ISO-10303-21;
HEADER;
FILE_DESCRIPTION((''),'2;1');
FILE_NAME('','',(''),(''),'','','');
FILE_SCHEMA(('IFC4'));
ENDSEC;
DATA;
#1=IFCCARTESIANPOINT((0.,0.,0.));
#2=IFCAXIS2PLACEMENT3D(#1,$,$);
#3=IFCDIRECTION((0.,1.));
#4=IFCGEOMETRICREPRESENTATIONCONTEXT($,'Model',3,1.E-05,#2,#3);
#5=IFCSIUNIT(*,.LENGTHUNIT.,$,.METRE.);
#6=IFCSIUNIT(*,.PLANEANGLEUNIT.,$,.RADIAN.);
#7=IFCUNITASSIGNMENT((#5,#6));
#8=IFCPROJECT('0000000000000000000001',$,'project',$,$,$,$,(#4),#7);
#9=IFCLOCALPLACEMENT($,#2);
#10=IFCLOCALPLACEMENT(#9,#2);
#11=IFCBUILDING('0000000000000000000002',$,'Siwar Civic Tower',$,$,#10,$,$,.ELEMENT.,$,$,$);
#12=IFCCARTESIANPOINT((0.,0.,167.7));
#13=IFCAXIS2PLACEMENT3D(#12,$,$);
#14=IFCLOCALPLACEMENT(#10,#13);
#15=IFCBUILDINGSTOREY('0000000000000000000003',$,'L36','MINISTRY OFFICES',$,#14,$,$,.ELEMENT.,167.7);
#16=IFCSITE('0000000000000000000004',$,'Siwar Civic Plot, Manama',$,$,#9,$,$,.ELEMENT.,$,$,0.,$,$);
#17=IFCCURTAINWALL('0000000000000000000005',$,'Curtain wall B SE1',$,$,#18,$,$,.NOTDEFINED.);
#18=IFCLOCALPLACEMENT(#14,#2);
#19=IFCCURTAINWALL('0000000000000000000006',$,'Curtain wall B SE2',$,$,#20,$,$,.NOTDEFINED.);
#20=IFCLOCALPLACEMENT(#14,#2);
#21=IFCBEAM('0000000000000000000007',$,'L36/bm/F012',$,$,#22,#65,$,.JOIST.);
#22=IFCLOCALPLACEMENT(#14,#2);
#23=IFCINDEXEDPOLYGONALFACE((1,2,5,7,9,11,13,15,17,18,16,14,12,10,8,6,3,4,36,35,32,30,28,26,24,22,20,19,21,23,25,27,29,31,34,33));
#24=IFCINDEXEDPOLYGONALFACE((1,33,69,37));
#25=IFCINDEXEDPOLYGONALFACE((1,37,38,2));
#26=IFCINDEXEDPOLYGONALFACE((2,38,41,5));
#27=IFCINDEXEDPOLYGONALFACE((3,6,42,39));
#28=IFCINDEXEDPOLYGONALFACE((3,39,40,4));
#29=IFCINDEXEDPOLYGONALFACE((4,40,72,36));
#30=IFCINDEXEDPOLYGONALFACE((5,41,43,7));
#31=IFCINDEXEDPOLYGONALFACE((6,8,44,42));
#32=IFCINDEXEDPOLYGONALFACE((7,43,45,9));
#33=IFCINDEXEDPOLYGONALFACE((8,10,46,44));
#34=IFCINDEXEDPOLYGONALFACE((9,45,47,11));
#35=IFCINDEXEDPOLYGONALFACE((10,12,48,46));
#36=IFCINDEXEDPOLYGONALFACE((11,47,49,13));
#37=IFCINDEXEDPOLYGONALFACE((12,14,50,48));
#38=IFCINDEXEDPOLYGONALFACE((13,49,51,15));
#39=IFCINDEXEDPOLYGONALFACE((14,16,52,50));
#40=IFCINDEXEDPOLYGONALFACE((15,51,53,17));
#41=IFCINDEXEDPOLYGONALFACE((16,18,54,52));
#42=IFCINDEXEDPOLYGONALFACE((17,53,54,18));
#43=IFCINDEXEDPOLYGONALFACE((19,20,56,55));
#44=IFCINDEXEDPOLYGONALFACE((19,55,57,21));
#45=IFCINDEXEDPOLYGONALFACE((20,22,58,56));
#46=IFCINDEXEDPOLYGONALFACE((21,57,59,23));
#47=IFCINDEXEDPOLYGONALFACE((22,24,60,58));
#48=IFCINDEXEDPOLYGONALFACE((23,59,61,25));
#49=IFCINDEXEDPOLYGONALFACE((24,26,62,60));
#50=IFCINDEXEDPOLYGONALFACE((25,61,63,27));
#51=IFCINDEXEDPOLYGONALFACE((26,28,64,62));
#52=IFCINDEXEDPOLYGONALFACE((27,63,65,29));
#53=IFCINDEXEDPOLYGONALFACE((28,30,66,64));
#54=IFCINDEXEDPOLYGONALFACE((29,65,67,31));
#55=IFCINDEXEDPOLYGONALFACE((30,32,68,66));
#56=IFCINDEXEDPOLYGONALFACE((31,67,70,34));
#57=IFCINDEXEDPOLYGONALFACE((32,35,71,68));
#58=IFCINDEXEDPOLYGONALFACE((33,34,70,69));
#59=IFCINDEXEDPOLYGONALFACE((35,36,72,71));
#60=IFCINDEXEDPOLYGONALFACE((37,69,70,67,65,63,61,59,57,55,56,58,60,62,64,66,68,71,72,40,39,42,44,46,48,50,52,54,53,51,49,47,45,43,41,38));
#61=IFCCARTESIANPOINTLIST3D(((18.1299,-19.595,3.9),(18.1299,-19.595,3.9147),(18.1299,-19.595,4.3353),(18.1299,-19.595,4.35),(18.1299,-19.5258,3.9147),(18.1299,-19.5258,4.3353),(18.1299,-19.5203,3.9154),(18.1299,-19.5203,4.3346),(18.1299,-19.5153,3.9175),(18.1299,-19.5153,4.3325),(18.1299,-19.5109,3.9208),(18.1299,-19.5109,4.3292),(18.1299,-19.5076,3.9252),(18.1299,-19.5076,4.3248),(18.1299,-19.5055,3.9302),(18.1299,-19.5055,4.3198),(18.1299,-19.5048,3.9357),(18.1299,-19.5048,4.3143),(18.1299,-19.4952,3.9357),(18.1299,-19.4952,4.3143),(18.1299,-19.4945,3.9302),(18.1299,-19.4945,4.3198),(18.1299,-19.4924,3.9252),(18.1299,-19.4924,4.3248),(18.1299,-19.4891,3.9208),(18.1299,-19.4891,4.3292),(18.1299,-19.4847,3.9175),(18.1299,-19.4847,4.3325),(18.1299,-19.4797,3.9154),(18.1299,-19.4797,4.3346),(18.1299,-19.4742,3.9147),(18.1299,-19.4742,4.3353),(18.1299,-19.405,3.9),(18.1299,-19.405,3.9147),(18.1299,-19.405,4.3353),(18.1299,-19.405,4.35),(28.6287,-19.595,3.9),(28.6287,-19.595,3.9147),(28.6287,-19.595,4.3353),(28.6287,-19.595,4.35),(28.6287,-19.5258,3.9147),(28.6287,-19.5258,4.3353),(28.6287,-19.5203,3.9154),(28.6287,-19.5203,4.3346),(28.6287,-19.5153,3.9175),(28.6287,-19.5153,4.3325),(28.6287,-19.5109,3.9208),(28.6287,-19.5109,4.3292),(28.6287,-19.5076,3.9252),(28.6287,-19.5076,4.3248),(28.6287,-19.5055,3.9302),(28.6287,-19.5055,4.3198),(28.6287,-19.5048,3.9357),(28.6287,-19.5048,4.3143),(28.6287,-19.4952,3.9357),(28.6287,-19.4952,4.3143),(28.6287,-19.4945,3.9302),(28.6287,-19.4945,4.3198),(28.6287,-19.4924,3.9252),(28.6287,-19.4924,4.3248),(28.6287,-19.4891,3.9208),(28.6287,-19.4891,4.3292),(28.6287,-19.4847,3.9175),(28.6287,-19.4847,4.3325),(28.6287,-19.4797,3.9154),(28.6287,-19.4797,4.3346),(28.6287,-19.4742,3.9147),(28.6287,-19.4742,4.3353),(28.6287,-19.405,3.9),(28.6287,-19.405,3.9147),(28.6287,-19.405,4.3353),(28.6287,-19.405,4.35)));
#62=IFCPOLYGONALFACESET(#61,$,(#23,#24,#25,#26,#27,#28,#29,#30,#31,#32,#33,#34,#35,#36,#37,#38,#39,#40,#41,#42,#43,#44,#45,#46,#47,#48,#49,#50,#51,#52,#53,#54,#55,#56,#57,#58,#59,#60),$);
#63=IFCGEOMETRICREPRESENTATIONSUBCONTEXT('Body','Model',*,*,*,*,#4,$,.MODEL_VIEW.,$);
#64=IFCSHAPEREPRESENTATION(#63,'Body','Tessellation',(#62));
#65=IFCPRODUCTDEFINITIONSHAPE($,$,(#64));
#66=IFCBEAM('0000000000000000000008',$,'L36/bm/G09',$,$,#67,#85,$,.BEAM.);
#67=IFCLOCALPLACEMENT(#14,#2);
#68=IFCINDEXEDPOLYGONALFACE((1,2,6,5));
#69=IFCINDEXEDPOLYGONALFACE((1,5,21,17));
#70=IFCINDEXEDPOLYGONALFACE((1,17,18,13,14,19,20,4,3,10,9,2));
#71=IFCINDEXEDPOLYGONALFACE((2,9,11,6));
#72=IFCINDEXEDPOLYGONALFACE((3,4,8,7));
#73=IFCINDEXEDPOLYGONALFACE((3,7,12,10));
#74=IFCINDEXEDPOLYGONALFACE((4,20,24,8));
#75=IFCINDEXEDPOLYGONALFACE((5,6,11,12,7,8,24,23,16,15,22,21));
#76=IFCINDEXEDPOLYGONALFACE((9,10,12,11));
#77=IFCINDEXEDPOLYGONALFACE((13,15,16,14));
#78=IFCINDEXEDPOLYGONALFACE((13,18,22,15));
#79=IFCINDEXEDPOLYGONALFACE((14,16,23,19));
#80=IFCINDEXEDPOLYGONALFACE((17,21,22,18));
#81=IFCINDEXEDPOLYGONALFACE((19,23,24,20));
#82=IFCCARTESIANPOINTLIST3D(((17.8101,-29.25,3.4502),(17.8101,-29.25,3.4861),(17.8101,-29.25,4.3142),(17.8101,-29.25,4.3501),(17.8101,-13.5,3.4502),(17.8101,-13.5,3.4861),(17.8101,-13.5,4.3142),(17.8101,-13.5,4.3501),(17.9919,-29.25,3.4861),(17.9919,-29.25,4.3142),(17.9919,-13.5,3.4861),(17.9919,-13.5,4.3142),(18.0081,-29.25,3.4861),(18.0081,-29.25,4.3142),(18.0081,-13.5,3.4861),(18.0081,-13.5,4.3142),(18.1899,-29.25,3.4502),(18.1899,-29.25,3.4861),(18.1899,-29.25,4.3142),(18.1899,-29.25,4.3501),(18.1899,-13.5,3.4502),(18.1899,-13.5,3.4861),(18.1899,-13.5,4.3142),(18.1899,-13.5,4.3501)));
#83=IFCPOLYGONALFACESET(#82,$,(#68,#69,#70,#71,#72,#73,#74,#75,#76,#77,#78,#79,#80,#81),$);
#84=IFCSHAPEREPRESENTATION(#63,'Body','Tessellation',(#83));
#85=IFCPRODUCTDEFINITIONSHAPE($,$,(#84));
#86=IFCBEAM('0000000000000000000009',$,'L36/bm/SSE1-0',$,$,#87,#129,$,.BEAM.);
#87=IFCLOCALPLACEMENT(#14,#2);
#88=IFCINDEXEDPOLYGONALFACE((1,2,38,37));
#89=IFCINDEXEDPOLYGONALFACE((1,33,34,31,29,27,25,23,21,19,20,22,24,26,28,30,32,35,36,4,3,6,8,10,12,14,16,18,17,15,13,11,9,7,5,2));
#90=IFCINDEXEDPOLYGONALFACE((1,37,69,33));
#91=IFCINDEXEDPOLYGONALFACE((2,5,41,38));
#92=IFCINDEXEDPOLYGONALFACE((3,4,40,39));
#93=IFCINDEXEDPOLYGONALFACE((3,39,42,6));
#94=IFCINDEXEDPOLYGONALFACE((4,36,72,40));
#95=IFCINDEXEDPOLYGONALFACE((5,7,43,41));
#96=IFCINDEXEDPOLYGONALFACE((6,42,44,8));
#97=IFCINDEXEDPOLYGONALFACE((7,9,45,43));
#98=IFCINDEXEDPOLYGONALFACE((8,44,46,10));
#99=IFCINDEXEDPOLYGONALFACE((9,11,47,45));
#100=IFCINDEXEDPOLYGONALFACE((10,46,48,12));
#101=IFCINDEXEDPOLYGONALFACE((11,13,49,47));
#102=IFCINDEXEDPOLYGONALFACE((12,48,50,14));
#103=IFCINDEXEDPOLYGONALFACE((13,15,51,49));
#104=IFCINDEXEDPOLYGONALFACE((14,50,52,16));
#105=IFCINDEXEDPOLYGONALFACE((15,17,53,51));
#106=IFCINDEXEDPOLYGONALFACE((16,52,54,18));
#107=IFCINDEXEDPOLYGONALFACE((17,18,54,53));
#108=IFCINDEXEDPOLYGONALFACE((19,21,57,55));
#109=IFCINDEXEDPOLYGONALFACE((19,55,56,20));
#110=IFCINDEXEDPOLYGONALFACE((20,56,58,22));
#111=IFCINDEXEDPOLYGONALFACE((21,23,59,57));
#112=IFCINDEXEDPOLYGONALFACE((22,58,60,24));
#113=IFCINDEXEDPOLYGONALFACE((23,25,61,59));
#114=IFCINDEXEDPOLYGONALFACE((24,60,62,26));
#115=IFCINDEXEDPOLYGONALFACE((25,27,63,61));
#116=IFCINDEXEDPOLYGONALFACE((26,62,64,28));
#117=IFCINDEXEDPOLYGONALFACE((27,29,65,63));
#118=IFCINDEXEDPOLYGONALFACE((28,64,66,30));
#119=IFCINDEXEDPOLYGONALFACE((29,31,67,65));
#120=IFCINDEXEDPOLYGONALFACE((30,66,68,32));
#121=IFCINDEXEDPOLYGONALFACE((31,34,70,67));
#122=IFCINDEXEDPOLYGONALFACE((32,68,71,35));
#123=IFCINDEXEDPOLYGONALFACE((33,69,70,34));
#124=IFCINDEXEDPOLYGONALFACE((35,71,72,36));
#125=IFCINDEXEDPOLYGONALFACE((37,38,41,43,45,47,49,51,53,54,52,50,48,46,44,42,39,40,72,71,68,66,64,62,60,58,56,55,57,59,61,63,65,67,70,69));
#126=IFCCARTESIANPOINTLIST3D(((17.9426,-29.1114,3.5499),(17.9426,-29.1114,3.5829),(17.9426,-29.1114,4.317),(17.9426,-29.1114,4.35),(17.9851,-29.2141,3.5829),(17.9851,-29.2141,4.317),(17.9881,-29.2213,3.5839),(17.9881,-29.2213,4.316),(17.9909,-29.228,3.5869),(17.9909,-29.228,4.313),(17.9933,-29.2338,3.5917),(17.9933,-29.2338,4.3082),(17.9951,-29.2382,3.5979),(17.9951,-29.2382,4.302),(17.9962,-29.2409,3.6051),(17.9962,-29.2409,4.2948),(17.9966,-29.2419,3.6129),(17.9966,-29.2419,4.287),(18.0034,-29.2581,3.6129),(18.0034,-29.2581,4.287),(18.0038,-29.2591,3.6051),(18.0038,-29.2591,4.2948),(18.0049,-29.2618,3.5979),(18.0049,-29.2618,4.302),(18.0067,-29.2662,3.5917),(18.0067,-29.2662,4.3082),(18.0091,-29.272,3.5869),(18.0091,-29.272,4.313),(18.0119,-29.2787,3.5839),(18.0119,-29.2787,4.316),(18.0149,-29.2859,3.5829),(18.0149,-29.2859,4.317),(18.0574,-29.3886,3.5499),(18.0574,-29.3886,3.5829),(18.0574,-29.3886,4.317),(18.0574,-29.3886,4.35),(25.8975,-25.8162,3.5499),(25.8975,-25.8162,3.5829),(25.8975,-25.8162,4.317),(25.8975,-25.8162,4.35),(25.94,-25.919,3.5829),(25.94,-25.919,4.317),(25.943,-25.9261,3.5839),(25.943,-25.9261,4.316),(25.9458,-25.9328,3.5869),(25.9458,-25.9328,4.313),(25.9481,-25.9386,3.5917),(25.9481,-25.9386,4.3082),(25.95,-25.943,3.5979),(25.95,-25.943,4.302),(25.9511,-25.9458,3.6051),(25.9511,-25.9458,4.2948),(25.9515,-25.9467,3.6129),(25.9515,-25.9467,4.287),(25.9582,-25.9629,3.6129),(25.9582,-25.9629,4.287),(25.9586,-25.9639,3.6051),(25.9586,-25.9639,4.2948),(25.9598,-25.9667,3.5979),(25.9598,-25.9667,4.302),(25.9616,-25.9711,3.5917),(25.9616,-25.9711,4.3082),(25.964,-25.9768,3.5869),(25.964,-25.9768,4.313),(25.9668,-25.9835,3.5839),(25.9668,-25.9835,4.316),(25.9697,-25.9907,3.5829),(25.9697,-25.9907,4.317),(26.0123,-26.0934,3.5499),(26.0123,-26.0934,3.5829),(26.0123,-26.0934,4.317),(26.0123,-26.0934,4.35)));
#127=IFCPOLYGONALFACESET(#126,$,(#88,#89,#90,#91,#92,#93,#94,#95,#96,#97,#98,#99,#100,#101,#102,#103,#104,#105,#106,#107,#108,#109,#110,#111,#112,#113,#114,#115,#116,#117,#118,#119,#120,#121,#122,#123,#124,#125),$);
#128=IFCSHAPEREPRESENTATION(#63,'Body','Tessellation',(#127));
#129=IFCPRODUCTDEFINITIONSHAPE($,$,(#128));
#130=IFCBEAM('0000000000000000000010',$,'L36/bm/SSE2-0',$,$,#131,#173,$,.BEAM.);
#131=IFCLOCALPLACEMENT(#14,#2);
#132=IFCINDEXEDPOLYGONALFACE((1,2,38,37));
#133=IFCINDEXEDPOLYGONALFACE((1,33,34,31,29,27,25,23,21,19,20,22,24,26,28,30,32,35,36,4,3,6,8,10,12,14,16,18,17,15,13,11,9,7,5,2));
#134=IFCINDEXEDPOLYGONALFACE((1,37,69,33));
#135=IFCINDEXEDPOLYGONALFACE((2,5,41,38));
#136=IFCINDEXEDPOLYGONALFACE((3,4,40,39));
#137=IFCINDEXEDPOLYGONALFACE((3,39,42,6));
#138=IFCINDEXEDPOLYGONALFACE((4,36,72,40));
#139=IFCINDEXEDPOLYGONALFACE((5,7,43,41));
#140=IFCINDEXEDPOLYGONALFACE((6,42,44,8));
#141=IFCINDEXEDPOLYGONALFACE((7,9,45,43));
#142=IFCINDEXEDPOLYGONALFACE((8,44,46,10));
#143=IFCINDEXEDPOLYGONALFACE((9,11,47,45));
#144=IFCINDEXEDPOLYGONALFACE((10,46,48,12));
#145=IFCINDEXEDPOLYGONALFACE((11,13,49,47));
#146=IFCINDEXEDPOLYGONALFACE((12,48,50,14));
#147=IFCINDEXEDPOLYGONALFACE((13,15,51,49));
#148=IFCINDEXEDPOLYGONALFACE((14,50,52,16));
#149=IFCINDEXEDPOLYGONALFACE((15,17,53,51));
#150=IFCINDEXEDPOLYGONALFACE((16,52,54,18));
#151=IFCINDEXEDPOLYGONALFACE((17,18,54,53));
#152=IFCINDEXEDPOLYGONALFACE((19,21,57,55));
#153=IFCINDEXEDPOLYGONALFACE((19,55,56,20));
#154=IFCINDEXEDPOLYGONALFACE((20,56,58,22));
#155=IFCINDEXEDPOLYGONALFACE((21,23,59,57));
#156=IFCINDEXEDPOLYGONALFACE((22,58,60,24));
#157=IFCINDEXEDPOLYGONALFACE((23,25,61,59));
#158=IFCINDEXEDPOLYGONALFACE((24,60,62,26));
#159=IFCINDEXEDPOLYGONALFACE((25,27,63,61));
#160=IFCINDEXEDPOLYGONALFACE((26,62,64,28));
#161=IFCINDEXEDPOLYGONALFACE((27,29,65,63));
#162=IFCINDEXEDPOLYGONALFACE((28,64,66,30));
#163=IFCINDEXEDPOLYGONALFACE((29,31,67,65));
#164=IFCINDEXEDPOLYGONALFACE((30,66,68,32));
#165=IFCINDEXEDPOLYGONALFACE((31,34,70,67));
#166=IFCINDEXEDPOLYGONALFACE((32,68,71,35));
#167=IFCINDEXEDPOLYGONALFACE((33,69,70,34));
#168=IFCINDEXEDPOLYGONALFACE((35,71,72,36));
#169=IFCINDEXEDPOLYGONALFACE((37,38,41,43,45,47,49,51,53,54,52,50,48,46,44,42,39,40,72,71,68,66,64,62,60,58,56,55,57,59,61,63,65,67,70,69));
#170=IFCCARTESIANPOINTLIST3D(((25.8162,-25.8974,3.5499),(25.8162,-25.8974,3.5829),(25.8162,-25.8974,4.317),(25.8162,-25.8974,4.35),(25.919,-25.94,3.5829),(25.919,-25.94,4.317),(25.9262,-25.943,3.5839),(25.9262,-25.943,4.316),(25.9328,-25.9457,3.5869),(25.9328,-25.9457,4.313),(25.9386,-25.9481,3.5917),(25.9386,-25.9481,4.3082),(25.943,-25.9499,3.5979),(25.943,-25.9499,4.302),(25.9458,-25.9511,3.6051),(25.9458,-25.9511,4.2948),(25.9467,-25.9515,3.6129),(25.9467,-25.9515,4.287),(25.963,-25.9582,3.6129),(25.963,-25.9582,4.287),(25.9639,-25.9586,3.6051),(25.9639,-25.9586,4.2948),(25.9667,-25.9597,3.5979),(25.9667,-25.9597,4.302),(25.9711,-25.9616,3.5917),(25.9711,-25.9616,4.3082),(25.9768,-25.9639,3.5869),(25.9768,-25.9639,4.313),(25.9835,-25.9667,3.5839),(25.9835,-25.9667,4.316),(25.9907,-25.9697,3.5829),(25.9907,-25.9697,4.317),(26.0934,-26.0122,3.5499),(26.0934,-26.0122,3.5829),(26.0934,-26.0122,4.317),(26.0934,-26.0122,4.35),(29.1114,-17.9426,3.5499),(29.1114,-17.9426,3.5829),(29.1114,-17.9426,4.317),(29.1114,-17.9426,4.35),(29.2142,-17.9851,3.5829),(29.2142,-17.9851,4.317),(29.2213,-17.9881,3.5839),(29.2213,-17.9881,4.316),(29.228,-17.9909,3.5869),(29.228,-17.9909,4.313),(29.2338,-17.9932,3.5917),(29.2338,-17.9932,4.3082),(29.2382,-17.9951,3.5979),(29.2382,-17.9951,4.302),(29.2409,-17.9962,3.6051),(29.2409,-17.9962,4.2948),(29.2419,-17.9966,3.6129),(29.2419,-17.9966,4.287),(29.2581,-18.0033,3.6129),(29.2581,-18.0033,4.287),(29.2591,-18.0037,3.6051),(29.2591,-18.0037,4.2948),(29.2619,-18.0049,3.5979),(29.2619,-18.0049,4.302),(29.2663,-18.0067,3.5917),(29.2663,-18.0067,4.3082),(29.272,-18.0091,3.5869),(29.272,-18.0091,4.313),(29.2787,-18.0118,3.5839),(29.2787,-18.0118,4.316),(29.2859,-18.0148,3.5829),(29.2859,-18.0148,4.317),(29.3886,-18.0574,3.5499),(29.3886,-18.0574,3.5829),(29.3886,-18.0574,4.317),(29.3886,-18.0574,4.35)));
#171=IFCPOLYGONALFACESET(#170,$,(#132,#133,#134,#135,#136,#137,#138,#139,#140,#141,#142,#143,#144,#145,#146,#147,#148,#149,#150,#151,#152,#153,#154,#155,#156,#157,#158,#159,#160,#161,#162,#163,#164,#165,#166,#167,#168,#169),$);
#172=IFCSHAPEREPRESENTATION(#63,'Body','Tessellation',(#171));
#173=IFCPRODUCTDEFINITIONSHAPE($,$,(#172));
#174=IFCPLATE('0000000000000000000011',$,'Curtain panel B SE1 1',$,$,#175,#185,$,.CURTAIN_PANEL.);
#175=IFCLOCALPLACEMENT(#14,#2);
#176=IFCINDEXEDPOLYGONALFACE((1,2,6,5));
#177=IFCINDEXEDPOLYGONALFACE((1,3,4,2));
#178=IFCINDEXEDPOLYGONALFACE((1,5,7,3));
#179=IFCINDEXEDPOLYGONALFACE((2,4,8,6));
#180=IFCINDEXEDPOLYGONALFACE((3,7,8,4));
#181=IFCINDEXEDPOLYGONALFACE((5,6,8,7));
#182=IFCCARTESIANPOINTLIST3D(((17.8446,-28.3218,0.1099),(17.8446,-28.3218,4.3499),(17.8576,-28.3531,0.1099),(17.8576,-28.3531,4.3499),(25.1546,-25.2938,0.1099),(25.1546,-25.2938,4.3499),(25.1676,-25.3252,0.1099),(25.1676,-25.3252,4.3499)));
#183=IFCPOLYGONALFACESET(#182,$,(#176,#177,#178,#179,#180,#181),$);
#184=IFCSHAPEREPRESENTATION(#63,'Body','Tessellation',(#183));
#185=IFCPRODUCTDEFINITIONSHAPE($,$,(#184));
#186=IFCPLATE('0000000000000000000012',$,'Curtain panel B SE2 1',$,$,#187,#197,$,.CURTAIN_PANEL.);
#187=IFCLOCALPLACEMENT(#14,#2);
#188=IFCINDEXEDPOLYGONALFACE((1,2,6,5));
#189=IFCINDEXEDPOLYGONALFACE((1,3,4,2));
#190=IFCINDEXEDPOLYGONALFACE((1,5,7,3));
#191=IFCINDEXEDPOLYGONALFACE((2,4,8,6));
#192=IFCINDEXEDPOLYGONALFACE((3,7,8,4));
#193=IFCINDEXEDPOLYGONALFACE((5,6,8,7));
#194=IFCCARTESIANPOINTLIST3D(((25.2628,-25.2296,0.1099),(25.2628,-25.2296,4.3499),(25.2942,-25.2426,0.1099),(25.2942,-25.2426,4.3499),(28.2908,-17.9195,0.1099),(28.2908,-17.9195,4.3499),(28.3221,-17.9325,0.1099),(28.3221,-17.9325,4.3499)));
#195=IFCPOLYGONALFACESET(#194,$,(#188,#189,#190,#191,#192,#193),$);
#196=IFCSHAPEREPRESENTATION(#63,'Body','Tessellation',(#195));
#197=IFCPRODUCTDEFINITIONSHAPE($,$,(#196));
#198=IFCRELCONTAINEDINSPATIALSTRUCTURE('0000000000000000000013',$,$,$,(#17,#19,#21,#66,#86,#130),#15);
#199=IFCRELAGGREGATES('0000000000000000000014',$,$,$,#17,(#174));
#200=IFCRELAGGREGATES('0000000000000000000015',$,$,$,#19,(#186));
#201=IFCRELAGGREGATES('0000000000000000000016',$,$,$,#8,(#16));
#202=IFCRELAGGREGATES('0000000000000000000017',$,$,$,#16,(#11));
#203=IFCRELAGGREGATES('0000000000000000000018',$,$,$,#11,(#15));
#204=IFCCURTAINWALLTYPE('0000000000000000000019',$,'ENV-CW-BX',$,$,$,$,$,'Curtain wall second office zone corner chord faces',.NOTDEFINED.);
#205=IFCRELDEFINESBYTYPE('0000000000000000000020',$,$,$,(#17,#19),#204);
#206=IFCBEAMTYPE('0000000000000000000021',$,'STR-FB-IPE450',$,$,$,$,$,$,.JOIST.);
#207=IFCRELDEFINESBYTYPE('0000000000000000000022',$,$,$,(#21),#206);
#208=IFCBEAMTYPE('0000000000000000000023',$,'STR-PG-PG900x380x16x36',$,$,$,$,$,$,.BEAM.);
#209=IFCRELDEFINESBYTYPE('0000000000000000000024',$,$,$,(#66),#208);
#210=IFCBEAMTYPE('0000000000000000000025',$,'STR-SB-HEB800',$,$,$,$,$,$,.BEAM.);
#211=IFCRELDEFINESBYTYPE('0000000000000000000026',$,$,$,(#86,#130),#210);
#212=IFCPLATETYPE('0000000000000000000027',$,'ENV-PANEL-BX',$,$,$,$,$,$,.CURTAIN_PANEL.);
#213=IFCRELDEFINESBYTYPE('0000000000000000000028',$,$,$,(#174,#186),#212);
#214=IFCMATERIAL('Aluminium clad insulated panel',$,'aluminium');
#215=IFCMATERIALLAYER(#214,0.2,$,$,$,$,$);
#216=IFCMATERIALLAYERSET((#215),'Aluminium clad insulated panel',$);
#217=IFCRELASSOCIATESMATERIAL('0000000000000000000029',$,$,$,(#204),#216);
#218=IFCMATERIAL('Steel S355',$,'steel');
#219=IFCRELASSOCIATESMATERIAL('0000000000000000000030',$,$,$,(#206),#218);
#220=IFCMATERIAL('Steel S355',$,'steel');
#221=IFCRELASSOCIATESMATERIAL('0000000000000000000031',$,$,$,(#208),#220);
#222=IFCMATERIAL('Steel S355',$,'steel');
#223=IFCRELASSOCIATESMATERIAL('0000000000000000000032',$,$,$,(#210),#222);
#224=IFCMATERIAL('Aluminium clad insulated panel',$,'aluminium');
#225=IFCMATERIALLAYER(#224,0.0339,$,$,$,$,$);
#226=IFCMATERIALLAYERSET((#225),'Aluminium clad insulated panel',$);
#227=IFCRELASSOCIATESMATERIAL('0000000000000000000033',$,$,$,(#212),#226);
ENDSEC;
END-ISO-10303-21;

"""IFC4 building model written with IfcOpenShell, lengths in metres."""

from ifc_helpers import new_model, si_unit, direction, frame, origin, origin_2d, place, context, subcontext, project, spatial, rectangle, i_section, extrude, material, layer, layer_set, material_profile, profile_set, type_object, element, aggregate, save


model = new_model("IFC4")

# Units and contexts
model_context = context("Model", 3, precision=1e-05, world=origin(), true_north=direction((0.0, 1.0)))
body_context = subcontext(model_context, "Body", "Model", "MODEL_VIEW")
ifc_project = project(units=[si_unit("LENGTHUNIT", "METRE"), si_unit("PLANEANGLEUNIT", "RADIAN")], contexts=[model_context])

# Site, building, storey
site_placement = place(None, origin())
site = spatial("IfcSite", under=ifc_project, at=site_placement, Name="Siwar Civic Plot, Manama", CompositionType="ELEMENT", RefElevation=0.0)
building_placement = place(site_placement, origin())
building = spatial("IfcBuilding", under=site, at=building_placement, Name="Siwar Civic Tower", CompositionType="ELEMENT")
storey_placement = place(building_placement, frame((0.0, 0.0, 167.7)))
storey = spatial("IfcBuildingStorey", under=building, at=storey_placement, Name="L36", Description="MINISTRY OFFICES", CompositionType="ELEMENT", Elevation=167.7)

# Curtain walls
ifc_material_1 = material(Name="Aluminium clad insulated panel", Category="aluminium")
ifc_layer_1 = layer(ifc_material_1, 0.2)
ifc_layer_set_1 = layer_set([ifc_layer_1], Name="Aluminium clad insulated panel")
curtain_wall_type = type_object("IfcCurtainWallType", Name="ENV-CW-BX", ElementType="Curtain wall second office zone corner chord faces", PredefinedType="NOTDEFINED", material=ifc_layer_set_1)
curtain_wall_1_placement = place(storey_placement, origin())
curtain_wall_1 = element("IfcCurtainWall", 1, at=curtain_wall_1_placement, inside=storey, type_object=curtain_wall_type, Name="Curtain wall B SE1", PredefinedType="NOTDEFINED")
curtain_wall_2_placement = place(storey_placement, origin())
curtain_wall_2 = element("IfcCurtainWall", 2, at=curtain_wall_2_placement, inside=storey, type_object=curtain_wall_type, Name="Curtain wall B SE2", PredefinedType="NOTDEFINED")

# Beams
ifc_material_2 = material(Name="Steel S355", Category="steel")
ifc_material_profile_1 = material_profile(ifc_material_2, i_section(OverallWidth=0.1899, OverallDepth=0.45, WebThickness=0.0095, FlangeThickness=0.0146, FilletRadius=0.021, at=origin_2d()), Name="IPE450")
ifc_profile_set_1 = profile_set([ifc_material_profile_1], Name="Steel S355")
beam_type_1 = type_object("IfcBeamType", Name="STR-FB-IPE450", PredefinedType="JOIST", material=ifc_profile_set_1)
beam_1_placement = place(storey_placement, frame((18.1299, -19.5, 4.125), z_axis=(1.0, 0.0, 0.0), x_axis=(0.0, 1.0, 0.0)))
element("IfcBeam", 3, at=beam_1_placement, inside=storey, type_object=beam_type_1, Name="L36/bm/F012", PredefinedType="JOIST", context=body_context, shape_type="SweptSolid", body=[
    extrude(i_section(OverallWidth=0.1899, OverallDepth=0.45, WebThickness=0.0095, FlangeThickness=0.0146, FilletRadius=0.021, at=origin_2d()), origin(), (0.0, 0.0, 1.0), 10.4988),
])
ifc_material_3 = material(Name="Steel S355", Category="steel")
ifc_material_profile_2 = material_profile(ifc_material_3, i_section(OverallWidth=0.3799, OverallDepth=0.8999, WebThickness=0.0161, FlangeThickness=0.0359, at=origin_2d()), Name="PG900x380x16x36")
ifc_profile_set_2 = profile_set([ifc_material_profile_2], Name="Steel S355")
beam_type_2 = type_object("IfcBeamType", Name="STR-PG-PG900x380x16x36", PredefinedType="BEAM", material=ifc_profile_set_2)
beam_2_placement = place(storey_placement, frame((18.0, -29.25, 3.9001), z_axis=(0.0, 1.0, 0.0), x_axis=(-1.0, 0.0, 0.0)))
element("IfcBeam", 4, at=beam_2_placement, inside=storey, type_object=beam_type_2, Name="L36/bm/G09", PredefinedType="BEAM", context=body_context, shape_type="SweptSolid", body=[
    extrude(i_section(OverallWidth=0.3799, OverallDepth=0.8999, WebThickness=0.0161, FlangeThickness=0.0359, at=origin_2d()), origin(), (0.0, 0.0, 1.0), 15.75),
])
ifc_material_4 = material(Name="Steel S355", Category="steel")
ifc_material_profile_3 = material_profile(ifc_material_4, i_section(OverallWidth=0.3, OverallDepth=0.8, WebThickness=0.0176, FlangeThickness=0.033, FilletRadius=0.03, at=origin_2d()), Name="HEB800")
ifc_profile_set_3 = profile_set([ifc_material_profile_3], Name="Steel S355")
beam_type_3 = type_object("IfcBeamType", Name="STR-SB-HEB800", PredefinedType="BEAM", material=ifc_profile_set_3)
for number, where, z_axis, x_axis, name in (
    (5, (18.0, -29.25, 3.95), (0.923873, 0.3827, 0.0), (-0.3827, 0.923873, 0.0), "L36/bm/SSE1-0"),
    (6, (25.9548, -25.9548, 3.95), (0.3827, 0.923873, 0.0), (-0.923873, 0.3827, 0.0), "L36/bm/SSE2-0"),
):
    element("IfcBeam", number, at=place(storey_placement, frame(where, z_axis=z_axis, x_axis=x_axis)), inside=storey, type_object=beam_type_3, Name=name, PredefinedType="BEAM", context=body_context, shape_type="SweptSolid", body=[
        extrude(i_section(OverallWidth=0.3, OverallDepth=0.8, WebThickness=0.0176, FlangeThickness=0.033, FilletRadius=0.03, at=origin_2d()), origin(), (0.0, 0.0, 1.0), 8.6104),
    ])

# Plates
ifc_material_5 = material(Name="Aluminium clad insulated panel", Category="aluminium")
ifc_layer_2 = layer(ifc_material_5, 0.0339)
ifc_layer_set_2 = layer_set([ifc_layer_2], Name="Aluminium clad insulated panel")
plate_type = type_object("IfcPlateType", Name="ENV-PANEL-BX", PredefinedType="CURTAIN_PANEL", material=ifc_layer_set_2)
plate_1_placement = place(storey_placement, frame((21.5061, -26.8235, 0.1099), z_axis=(0.0, 0.0, 1.0), x_axis=(0.92388, 0.382683, 0.0)))
plate_1 = element("IfcPlate", 7, at=plate_1_placement, type_object=plate_type, Name="Curtain panel B SE1 1", PredefinedType="CURTAIN_PANEL", context=body_context, shape_type="SweptSolid", body=[
    extrude(rectangle(XDim=7.9124, YDim=0.0339, at=origin_2d()), origin(), (0.0, 0.0, 1.0), 4.24),
])
aggregate(curtain_wall_1, [plate_1])
plate_2_placement = place(storey_placement, frame((26.7925, -21.5811, 0.1099), z_axis=(0.0, 0.0, 1.0), x_axis=(0.382683, 0.92388, 0.0)))
plate_2 = element("IfcPlate", 8, at=plate_2_placement, type_object=plate_type, Name="Curtain panel B SE2 1", PredefinedType="CURTAIN_PANEL", context=body_context, shape_type="SweptSolid", body=[
    extrude(rectangle(XDim=7.9124, YDim=0.0339, at=origin_2d()), origin(), (0.0, 0.0, 1.0), 4.24),
])
aggregate(curtain_wall_2, [plate_2])

save(model, "model.ifc")
